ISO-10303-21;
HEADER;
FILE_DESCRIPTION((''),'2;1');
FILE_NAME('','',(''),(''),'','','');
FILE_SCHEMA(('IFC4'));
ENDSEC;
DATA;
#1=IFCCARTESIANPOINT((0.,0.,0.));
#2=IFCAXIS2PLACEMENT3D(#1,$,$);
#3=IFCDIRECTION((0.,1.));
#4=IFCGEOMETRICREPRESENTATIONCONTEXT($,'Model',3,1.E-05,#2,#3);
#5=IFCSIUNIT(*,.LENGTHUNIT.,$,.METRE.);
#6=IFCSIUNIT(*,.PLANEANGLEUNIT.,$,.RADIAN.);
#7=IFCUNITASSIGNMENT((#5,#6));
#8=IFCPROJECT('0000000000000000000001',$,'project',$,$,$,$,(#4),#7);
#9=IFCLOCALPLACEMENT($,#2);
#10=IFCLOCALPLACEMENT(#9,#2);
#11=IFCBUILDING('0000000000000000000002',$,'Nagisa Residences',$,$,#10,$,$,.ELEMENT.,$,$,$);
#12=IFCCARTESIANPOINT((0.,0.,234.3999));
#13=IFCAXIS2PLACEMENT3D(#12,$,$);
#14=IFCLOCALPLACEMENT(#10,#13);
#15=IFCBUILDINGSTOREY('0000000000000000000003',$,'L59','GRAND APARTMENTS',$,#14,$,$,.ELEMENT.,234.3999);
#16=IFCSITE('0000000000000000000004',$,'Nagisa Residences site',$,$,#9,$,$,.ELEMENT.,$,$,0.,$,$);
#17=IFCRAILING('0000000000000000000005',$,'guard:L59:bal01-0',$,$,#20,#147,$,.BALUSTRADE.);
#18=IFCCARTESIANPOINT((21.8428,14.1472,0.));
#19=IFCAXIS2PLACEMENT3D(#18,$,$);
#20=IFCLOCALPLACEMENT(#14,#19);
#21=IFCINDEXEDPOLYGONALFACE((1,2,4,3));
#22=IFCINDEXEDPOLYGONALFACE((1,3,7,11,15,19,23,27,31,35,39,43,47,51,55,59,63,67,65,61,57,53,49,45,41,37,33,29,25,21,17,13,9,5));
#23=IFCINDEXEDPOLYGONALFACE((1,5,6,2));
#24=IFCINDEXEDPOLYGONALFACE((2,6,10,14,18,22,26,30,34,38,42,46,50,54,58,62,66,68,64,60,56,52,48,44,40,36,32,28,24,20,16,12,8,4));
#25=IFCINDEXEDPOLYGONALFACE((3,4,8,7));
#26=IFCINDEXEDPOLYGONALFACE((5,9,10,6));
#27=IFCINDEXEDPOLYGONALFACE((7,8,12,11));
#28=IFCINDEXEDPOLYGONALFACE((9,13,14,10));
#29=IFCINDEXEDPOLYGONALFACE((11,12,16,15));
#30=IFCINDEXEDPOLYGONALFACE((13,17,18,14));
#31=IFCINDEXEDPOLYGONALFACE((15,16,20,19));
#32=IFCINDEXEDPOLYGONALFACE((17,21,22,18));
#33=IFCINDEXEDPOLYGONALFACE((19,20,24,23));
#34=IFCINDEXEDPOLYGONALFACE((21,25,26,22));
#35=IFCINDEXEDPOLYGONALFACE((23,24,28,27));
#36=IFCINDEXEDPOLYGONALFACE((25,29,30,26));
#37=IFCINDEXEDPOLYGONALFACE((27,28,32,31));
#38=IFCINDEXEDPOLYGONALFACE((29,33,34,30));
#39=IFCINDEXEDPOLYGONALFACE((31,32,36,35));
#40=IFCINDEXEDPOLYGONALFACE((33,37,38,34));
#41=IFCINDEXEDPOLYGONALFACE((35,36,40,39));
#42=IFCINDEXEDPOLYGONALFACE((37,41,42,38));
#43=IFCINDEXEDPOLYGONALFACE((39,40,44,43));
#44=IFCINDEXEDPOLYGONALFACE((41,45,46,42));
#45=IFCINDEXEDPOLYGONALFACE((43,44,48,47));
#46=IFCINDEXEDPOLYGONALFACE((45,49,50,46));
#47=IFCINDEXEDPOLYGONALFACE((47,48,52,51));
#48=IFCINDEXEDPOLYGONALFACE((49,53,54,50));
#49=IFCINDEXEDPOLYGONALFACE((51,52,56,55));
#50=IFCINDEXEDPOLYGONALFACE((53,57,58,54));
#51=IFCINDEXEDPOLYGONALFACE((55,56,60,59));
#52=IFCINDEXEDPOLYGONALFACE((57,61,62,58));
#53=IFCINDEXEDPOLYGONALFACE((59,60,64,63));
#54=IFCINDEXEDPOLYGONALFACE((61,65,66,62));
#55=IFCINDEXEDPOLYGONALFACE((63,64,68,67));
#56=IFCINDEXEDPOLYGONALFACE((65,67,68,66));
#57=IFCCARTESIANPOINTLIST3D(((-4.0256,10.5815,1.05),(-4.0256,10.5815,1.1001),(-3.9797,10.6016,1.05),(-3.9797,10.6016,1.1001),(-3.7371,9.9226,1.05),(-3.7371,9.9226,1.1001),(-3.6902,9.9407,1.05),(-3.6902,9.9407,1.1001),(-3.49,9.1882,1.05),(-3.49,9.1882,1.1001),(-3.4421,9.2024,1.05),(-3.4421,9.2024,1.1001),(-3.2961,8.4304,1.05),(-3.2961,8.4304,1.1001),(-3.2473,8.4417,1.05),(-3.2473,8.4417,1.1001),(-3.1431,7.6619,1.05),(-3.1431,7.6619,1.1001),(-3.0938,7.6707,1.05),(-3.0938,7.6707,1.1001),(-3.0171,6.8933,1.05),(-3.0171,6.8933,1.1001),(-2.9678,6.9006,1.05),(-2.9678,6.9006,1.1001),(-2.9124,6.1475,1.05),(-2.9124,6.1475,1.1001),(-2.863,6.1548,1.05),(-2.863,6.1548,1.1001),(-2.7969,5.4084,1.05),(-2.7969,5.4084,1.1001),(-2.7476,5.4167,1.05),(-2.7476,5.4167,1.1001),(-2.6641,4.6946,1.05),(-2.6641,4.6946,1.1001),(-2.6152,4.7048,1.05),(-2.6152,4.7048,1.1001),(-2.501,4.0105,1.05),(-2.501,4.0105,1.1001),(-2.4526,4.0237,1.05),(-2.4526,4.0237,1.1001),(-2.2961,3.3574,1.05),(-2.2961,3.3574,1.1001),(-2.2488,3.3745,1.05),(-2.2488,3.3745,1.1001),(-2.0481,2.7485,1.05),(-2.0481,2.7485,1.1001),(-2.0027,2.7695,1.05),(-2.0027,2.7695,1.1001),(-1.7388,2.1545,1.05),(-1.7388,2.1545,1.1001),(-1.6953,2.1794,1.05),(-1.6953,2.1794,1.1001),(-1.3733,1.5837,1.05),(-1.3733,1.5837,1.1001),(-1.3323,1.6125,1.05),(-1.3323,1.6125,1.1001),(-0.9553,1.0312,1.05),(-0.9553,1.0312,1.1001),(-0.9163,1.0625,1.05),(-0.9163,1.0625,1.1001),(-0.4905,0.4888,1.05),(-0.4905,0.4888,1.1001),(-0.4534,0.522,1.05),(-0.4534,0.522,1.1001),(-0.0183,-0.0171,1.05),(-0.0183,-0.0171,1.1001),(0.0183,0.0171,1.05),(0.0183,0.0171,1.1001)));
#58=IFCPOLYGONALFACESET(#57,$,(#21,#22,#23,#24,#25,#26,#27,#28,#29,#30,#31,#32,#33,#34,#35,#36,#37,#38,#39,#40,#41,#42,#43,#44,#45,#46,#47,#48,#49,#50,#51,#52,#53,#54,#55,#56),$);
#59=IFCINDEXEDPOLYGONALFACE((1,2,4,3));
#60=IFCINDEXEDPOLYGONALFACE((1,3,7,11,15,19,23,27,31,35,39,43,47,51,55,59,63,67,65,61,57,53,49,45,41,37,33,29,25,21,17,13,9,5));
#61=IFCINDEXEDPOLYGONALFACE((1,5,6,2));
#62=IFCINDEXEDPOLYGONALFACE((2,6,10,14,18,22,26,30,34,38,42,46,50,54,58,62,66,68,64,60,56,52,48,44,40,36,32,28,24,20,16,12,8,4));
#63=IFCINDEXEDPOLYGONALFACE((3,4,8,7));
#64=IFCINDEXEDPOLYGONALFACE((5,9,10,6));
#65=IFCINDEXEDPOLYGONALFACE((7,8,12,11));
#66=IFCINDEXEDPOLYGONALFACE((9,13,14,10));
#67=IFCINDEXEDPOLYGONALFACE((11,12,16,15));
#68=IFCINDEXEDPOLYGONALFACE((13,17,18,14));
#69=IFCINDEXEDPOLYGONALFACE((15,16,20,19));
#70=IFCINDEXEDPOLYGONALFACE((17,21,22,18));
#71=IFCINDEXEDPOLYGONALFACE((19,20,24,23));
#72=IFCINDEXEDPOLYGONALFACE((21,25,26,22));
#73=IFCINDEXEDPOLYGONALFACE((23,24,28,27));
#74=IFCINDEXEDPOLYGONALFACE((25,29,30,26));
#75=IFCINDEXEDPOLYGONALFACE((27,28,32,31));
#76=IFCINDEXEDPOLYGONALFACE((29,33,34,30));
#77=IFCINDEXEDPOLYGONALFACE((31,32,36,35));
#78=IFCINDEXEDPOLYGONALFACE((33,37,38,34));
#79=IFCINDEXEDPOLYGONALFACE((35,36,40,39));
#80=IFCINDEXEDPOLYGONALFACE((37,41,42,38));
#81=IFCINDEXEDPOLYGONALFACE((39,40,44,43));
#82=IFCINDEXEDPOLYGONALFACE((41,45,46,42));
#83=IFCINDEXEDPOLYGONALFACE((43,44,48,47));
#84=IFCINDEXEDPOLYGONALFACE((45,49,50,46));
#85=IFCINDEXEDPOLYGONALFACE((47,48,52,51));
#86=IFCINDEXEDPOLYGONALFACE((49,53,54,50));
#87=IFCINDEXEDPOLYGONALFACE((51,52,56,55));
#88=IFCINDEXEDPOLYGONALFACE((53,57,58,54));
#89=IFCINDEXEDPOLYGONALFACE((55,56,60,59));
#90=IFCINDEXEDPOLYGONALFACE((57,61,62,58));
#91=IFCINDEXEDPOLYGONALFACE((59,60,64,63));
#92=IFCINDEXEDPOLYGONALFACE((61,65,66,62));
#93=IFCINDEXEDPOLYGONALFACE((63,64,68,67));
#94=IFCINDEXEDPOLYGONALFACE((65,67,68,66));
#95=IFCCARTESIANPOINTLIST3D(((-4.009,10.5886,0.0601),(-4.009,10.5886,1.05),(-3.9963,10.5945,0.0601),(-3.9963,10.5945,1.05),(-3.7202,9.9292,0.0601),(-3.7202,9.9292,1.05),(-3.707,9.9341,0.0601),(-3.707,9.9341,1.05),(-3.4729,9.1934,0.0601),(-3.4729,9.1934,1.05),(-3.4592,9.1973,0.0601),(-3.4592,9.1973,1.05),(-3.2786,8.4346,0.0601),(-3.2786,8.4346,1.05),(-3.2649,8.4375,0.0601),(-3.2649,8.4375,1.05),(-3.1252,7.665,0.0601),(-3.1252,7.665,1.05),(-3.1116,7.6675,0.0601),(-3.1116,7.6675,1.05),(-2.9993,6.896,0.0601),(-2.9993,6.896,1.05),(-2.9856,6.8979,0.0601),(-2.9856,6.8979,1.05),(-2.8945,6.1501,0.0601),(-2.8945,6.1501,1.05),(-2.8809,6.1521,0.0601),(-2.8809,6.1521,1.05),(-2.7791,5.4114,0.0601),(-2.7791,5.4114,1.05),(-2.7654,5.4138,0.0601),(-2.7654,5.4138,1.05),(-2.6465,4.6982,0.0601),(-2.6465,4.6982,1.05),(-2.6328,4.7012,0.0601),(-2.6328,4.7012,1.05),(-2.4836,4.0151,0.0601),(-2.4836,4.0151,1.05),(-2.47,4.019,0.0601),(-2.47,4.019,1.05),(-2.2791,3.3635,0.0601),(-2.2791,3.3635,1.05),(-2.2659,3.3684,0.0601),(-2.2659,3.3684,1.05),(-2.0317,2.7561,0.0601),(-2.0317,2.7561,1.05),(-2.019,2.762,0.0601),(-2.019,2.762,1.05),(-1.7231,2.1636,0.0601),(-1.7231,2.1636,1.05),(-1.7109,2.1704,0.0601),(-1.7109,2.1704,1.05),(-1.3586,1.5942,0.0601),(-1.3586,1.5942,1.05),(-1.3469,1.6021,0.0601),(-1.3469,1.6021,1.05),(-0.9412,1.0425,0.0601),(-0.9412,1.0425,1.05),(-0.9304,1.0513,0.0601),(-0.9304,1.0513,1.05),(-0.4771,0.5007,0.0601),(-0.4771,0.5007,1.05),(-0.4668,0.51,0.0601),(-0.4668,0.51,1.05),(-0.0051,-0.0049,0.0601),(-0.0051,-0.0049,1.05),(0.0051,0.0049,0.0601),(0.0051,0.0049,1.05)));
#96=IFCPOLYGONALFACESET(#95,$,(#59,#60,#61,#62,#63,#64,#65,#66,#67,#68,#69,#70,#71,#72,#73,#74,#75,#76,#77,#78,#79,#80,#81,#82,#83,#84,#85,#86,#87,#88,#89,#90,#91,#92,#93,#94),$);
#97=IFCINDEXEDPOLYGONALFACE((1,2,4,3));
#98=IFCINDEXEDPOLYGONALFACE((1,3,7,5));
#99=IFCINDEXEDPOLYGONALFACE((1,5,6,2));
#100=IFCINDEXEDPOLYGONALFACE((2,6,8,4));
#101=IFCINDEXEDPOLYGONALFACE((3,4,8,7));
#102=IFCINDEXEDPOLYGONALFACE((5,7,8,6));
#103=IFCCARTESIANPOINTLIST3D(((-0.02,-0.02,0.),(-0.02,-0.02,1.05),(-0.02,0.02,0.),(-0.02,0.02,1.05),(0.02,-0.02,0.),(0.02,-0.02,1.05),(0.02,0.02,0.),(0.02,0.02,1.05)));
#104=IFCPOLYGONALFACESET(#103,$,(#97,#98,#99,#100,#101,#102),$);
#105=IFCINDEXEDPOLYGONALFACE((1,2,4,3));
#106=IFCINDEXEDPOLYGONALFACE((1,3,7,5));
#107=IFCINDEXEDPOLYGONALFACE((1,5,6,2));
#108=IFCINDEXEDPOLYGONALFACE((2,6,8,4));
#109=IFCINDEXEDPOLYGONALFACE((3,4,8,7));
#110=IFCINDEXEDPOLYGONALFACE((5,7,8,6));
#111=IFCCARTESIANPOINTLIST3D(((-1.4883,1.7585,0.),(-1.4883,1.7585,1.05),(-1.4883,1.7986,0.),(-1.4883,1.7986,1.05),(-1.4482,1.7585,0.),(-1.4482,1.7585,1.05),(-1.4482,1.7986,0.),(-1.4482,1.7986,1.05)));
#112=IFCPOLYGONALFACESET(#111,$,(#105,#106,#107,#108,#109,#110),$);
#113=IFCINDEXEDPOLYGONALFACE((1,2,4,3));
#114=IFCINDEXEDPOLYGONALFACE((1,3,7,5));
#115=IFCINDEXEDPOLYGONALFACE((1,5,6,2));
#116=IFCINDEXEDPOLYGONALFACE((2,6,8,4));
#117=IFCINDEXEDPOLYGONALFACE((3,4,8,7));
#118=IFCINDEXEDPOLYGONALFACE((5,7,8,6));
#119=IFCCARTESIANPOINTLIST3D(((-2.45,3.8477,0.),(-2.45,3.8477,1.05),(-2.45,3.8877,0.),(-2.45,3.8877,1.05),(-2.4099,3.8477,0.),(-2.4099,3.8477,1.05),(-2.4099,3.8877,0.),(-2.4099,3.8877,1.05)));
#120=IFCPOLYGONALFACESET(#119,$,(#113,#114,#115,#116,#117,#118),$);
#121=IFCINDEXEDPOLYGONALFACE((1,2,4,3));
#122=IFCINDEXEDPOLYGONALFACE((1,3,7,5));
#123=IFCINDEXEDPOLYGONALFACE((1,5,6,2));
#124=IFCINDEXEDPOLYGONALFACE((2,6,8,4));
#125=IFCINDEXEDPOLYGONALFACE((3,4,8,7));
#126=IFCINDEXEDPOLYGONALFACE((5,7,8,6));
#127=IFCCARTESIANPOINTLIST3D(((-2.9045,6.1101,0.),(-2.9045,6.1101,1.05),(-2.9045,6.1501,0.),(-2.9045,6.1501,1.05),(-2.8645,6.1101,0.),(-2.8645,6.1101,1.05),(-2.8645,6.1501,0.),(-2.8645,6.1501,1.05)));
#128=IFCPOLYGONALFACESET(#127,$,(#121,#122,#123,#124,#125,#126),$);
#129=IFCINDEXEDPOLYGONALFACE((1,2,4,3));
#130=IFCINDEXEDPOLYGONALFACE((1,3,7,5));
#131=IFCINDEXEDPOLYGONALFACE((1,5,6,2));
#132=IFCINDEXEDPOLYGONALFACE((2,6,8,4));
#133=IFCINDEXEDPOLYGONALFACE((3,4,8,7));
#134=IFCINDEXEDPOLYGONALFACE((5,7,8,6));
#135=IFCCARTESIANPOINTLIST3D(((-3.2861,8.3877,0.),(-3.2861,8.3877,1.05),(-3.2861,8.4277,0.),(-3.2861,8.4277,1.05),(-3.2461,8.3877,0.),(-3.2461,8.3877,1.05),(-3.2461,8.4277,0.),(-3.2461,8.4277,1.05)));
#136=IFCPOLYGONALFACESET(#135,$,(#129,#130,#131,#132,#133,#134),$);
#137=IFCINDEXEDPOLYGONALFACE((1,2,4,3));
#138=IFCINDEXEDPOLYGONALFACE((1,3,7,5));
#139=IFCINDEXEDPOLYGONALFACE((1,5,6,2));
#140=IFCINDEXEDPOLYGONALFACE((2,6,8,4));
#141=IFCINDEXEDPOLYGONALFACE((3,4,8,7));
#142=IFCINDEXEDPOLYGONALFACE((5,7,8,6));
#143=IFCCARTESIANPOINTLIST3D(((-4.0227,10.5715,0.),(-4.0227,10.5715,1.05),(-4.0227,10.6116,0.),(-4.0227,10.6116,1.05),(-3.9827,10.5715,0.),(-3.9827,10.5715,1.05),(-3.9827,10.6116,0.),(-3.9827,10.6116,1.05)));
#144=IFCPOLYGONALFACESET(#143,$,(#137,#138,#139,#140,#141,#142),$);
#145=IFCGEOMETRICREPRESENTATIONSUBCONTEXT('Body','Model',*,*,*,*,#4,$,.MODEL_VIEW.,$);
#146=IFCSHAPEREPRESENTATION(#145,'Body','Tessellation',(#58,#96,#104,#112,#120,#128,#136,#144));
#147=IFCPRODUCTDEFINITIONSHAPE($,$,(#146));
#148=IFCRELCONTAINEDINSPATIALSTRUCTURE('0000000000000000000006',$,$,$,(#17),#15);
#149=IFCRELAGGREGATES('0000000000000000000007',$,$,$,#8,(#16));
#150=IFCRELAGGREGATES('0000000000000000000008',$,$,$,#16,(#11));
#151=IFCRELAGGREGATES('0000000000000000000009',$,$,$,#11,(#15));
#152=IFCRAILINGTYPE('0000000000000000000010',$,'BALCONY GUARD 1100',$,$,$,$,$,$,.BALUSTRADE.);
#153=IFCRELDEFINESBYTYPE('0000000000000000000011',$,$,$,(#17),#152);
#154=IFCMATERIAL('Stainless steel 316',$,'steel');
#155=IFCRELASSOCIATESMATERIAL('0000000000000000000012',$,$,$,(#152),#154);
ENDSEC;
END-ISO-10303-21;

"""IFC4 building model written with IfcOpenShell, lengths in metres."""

from ifc_helpers import new_model, si_unit, direction, frame, origin, origin_2d, place, context, subcontext, project, spatial, polyline, rectangle, outline, extrude, material, type_object, element, save


model = new_model("IFC4")

# Units and contexts
model_context = context("Model", 3, precision=1e-05, world=origin(), true_north=direction((0.0, 1.0)))
body_context = subcontext(model_context, "Body", "Model", "MODEL_VIEW")
ifc_project = project(units=[si_unit("LENGTHUNIT", "METRE"), si_unit("PLANEANGLEUNIT", "RADIAN")], contexts=[model_context])

# Site, building, storey
site_placement = place(None, origin())
site = spatial("IfcSite", under=ifc_project, at=site_placement, Name="Nagisa Residences site", CompositionType="ELEMENT", RefElevation=0.0)
building_placement = place(site_placement, origin())
building = spatial("IfcBuilding", under=site, at=building_placement, Name="Nagisa Residences", CompositionType="ELEMENT")
storey_placement = place(building_placement, frame((0.0, 0.0, 234.3999)))
storey = spatial("IfcBuildingStorey", under=building, at=storey_placement, Name="L59", Description="GRAND APARTMENTS", CompositionType="ELEMENT", Elevation=234.3999)

# Railing
ifc_material_1 = material(Name="Stainless steel 316", Category="steel")
railing_type = type_object("IfcRailingType", Name="BALCONY GUARD 1100", PredefinedType="BALUSTRADE", material=ifc_material_1)
railing_1_placement = place(storey_placement, frame((21.8428, 14.1472, 0.0)))
element("IfcRailing", 1, at=railing_1_placement, inside=storey, type_object=railing_type, Name="guard:L59:bal01-0", PredefinedType="BALUSTRADE", context=body_context, shape_type="SweptSolid", body=[
    extrude(outline(polyline([(-0.4905, 0.4888), (-0.0183, -0.0171), (0.0183, 0.0171), (-0.4534, 0.522), (-0.9163, 1.0625), (-1.3323, 1.6125), (-1.6953, 2.1794), (-2.0027, 2.7695), (-2.2488, 3.3745), (-2.4526, 4.0237), (-2.6152, 4.7048), (-2.7476, 5.4167), (-2.863, 6.1548), (-2.9678, 6.9006), (-3.0938, 7.6707), (-3.2473, 8.4417), (-3.4421, 9.2024), (-3.6902, 9.9407), (-3.9797, 10.6016), (-4.0256, 10.5815), (-3.7371, 9.9226), (-3.49, 9.1882), (-3.2961, 8.4304), (-3.1431, 7.6619), (-3.0171, 6.8933), (-2.9124, 6.1475), (-2.7969, 5.4084), (-2.6641, 4.6946), (-2.501, 4.0105), (-2.2961, 3.3574), (-2.0481, 2.7485), (-1.7388, 2.1545), (-1.3733, 1.5837), (-0.9553, 1.0312), (-0.4905, 0.4888)])), frame((0.0, 0.0, 1.05)), (0.0, 0.0, 1.0), 0.05),
    extrude(outline(polyline([(-0.4771, 0.5007), (-0.0051, -0.0049), (0.0051, 0.0049), (-0.4668, 0.51), (-0.9304, 1.0513), (-1.3469, 1.6021), (-1.7109, 2.1704), (-2.019, 2.762), (-2.2659, 3.3684), (-2.47, 4.019), (-2.6328, 4.7012), (-2.7654, 5.4138), (-2.8809, 6.1521), (-2.9856, 6.8979), (-3.1116, 7.6675), (-3.2649, 8.4375), (-3.4592, 9.1973), (-3.707, 9.9341), (-3.9963, 10.5945), (-4.009, 10.5886), (-3.7202, 9.9292), (-3.4729, 9.1934), (-3.2786, 8.4346), (-3.1252, 7.665), (-2.9993, 6.896), (-2.8945, 6.1501), (-2.7791, 5.4114), (-2.6465, 4.6982), (-2.4836, 4.0151), (-2.2791, 3.3635), (-2.0317, 2.7561), (-1.7231, 2.1636), (-1.3586, 1.5942), (-0.9412, 1.0425), (-0.4771, 0.5007)])), frame((0.0, 0.0, 0.0601)), (0.0, 0.0, 1.0), 0.99),
    extrude(rectangle(XDim=0.04, YDim=0.04, at=origin_2d()), origin(), (0.0, 0.0, 1.0), 1.05),
    extrude(rectangle(XDim=0.04, YDim=0.04, at=origin_2d()), frame((-1.4683, 1.7786, 0.0)), (0.0, 0.0, 1.0), 1.05),
    extrude(rectangle(XDim=0.04, YDim=0.04, at=origin_2d()), frame((-2.4299, 3.8677, 0.0)), (0.0, 0.0, 1.0), 1.05),
    extrude(rectangle(XDim=0.04, YDim=0.04, at=origin_2d()), frame((-2.8845, 6.1301, 0.0)), (0.0, 0.0, 1.0), 1.05),
    extrude(rectangle(XDim=0.04, YDim=0.04, at=origin_2d()), frame((-3.2661, 8.4077, 0.0)), (0.0, 0.0, 1.0), 1.05),
    extrude(rectangle(XDim=0.04, YDim=0.04, at=origin_2d()), frame((-4.0027, 10.5916, 0.0)), (0.0, 0.0, 1.0), 1.05),
])

save(model, "model.ifc")
